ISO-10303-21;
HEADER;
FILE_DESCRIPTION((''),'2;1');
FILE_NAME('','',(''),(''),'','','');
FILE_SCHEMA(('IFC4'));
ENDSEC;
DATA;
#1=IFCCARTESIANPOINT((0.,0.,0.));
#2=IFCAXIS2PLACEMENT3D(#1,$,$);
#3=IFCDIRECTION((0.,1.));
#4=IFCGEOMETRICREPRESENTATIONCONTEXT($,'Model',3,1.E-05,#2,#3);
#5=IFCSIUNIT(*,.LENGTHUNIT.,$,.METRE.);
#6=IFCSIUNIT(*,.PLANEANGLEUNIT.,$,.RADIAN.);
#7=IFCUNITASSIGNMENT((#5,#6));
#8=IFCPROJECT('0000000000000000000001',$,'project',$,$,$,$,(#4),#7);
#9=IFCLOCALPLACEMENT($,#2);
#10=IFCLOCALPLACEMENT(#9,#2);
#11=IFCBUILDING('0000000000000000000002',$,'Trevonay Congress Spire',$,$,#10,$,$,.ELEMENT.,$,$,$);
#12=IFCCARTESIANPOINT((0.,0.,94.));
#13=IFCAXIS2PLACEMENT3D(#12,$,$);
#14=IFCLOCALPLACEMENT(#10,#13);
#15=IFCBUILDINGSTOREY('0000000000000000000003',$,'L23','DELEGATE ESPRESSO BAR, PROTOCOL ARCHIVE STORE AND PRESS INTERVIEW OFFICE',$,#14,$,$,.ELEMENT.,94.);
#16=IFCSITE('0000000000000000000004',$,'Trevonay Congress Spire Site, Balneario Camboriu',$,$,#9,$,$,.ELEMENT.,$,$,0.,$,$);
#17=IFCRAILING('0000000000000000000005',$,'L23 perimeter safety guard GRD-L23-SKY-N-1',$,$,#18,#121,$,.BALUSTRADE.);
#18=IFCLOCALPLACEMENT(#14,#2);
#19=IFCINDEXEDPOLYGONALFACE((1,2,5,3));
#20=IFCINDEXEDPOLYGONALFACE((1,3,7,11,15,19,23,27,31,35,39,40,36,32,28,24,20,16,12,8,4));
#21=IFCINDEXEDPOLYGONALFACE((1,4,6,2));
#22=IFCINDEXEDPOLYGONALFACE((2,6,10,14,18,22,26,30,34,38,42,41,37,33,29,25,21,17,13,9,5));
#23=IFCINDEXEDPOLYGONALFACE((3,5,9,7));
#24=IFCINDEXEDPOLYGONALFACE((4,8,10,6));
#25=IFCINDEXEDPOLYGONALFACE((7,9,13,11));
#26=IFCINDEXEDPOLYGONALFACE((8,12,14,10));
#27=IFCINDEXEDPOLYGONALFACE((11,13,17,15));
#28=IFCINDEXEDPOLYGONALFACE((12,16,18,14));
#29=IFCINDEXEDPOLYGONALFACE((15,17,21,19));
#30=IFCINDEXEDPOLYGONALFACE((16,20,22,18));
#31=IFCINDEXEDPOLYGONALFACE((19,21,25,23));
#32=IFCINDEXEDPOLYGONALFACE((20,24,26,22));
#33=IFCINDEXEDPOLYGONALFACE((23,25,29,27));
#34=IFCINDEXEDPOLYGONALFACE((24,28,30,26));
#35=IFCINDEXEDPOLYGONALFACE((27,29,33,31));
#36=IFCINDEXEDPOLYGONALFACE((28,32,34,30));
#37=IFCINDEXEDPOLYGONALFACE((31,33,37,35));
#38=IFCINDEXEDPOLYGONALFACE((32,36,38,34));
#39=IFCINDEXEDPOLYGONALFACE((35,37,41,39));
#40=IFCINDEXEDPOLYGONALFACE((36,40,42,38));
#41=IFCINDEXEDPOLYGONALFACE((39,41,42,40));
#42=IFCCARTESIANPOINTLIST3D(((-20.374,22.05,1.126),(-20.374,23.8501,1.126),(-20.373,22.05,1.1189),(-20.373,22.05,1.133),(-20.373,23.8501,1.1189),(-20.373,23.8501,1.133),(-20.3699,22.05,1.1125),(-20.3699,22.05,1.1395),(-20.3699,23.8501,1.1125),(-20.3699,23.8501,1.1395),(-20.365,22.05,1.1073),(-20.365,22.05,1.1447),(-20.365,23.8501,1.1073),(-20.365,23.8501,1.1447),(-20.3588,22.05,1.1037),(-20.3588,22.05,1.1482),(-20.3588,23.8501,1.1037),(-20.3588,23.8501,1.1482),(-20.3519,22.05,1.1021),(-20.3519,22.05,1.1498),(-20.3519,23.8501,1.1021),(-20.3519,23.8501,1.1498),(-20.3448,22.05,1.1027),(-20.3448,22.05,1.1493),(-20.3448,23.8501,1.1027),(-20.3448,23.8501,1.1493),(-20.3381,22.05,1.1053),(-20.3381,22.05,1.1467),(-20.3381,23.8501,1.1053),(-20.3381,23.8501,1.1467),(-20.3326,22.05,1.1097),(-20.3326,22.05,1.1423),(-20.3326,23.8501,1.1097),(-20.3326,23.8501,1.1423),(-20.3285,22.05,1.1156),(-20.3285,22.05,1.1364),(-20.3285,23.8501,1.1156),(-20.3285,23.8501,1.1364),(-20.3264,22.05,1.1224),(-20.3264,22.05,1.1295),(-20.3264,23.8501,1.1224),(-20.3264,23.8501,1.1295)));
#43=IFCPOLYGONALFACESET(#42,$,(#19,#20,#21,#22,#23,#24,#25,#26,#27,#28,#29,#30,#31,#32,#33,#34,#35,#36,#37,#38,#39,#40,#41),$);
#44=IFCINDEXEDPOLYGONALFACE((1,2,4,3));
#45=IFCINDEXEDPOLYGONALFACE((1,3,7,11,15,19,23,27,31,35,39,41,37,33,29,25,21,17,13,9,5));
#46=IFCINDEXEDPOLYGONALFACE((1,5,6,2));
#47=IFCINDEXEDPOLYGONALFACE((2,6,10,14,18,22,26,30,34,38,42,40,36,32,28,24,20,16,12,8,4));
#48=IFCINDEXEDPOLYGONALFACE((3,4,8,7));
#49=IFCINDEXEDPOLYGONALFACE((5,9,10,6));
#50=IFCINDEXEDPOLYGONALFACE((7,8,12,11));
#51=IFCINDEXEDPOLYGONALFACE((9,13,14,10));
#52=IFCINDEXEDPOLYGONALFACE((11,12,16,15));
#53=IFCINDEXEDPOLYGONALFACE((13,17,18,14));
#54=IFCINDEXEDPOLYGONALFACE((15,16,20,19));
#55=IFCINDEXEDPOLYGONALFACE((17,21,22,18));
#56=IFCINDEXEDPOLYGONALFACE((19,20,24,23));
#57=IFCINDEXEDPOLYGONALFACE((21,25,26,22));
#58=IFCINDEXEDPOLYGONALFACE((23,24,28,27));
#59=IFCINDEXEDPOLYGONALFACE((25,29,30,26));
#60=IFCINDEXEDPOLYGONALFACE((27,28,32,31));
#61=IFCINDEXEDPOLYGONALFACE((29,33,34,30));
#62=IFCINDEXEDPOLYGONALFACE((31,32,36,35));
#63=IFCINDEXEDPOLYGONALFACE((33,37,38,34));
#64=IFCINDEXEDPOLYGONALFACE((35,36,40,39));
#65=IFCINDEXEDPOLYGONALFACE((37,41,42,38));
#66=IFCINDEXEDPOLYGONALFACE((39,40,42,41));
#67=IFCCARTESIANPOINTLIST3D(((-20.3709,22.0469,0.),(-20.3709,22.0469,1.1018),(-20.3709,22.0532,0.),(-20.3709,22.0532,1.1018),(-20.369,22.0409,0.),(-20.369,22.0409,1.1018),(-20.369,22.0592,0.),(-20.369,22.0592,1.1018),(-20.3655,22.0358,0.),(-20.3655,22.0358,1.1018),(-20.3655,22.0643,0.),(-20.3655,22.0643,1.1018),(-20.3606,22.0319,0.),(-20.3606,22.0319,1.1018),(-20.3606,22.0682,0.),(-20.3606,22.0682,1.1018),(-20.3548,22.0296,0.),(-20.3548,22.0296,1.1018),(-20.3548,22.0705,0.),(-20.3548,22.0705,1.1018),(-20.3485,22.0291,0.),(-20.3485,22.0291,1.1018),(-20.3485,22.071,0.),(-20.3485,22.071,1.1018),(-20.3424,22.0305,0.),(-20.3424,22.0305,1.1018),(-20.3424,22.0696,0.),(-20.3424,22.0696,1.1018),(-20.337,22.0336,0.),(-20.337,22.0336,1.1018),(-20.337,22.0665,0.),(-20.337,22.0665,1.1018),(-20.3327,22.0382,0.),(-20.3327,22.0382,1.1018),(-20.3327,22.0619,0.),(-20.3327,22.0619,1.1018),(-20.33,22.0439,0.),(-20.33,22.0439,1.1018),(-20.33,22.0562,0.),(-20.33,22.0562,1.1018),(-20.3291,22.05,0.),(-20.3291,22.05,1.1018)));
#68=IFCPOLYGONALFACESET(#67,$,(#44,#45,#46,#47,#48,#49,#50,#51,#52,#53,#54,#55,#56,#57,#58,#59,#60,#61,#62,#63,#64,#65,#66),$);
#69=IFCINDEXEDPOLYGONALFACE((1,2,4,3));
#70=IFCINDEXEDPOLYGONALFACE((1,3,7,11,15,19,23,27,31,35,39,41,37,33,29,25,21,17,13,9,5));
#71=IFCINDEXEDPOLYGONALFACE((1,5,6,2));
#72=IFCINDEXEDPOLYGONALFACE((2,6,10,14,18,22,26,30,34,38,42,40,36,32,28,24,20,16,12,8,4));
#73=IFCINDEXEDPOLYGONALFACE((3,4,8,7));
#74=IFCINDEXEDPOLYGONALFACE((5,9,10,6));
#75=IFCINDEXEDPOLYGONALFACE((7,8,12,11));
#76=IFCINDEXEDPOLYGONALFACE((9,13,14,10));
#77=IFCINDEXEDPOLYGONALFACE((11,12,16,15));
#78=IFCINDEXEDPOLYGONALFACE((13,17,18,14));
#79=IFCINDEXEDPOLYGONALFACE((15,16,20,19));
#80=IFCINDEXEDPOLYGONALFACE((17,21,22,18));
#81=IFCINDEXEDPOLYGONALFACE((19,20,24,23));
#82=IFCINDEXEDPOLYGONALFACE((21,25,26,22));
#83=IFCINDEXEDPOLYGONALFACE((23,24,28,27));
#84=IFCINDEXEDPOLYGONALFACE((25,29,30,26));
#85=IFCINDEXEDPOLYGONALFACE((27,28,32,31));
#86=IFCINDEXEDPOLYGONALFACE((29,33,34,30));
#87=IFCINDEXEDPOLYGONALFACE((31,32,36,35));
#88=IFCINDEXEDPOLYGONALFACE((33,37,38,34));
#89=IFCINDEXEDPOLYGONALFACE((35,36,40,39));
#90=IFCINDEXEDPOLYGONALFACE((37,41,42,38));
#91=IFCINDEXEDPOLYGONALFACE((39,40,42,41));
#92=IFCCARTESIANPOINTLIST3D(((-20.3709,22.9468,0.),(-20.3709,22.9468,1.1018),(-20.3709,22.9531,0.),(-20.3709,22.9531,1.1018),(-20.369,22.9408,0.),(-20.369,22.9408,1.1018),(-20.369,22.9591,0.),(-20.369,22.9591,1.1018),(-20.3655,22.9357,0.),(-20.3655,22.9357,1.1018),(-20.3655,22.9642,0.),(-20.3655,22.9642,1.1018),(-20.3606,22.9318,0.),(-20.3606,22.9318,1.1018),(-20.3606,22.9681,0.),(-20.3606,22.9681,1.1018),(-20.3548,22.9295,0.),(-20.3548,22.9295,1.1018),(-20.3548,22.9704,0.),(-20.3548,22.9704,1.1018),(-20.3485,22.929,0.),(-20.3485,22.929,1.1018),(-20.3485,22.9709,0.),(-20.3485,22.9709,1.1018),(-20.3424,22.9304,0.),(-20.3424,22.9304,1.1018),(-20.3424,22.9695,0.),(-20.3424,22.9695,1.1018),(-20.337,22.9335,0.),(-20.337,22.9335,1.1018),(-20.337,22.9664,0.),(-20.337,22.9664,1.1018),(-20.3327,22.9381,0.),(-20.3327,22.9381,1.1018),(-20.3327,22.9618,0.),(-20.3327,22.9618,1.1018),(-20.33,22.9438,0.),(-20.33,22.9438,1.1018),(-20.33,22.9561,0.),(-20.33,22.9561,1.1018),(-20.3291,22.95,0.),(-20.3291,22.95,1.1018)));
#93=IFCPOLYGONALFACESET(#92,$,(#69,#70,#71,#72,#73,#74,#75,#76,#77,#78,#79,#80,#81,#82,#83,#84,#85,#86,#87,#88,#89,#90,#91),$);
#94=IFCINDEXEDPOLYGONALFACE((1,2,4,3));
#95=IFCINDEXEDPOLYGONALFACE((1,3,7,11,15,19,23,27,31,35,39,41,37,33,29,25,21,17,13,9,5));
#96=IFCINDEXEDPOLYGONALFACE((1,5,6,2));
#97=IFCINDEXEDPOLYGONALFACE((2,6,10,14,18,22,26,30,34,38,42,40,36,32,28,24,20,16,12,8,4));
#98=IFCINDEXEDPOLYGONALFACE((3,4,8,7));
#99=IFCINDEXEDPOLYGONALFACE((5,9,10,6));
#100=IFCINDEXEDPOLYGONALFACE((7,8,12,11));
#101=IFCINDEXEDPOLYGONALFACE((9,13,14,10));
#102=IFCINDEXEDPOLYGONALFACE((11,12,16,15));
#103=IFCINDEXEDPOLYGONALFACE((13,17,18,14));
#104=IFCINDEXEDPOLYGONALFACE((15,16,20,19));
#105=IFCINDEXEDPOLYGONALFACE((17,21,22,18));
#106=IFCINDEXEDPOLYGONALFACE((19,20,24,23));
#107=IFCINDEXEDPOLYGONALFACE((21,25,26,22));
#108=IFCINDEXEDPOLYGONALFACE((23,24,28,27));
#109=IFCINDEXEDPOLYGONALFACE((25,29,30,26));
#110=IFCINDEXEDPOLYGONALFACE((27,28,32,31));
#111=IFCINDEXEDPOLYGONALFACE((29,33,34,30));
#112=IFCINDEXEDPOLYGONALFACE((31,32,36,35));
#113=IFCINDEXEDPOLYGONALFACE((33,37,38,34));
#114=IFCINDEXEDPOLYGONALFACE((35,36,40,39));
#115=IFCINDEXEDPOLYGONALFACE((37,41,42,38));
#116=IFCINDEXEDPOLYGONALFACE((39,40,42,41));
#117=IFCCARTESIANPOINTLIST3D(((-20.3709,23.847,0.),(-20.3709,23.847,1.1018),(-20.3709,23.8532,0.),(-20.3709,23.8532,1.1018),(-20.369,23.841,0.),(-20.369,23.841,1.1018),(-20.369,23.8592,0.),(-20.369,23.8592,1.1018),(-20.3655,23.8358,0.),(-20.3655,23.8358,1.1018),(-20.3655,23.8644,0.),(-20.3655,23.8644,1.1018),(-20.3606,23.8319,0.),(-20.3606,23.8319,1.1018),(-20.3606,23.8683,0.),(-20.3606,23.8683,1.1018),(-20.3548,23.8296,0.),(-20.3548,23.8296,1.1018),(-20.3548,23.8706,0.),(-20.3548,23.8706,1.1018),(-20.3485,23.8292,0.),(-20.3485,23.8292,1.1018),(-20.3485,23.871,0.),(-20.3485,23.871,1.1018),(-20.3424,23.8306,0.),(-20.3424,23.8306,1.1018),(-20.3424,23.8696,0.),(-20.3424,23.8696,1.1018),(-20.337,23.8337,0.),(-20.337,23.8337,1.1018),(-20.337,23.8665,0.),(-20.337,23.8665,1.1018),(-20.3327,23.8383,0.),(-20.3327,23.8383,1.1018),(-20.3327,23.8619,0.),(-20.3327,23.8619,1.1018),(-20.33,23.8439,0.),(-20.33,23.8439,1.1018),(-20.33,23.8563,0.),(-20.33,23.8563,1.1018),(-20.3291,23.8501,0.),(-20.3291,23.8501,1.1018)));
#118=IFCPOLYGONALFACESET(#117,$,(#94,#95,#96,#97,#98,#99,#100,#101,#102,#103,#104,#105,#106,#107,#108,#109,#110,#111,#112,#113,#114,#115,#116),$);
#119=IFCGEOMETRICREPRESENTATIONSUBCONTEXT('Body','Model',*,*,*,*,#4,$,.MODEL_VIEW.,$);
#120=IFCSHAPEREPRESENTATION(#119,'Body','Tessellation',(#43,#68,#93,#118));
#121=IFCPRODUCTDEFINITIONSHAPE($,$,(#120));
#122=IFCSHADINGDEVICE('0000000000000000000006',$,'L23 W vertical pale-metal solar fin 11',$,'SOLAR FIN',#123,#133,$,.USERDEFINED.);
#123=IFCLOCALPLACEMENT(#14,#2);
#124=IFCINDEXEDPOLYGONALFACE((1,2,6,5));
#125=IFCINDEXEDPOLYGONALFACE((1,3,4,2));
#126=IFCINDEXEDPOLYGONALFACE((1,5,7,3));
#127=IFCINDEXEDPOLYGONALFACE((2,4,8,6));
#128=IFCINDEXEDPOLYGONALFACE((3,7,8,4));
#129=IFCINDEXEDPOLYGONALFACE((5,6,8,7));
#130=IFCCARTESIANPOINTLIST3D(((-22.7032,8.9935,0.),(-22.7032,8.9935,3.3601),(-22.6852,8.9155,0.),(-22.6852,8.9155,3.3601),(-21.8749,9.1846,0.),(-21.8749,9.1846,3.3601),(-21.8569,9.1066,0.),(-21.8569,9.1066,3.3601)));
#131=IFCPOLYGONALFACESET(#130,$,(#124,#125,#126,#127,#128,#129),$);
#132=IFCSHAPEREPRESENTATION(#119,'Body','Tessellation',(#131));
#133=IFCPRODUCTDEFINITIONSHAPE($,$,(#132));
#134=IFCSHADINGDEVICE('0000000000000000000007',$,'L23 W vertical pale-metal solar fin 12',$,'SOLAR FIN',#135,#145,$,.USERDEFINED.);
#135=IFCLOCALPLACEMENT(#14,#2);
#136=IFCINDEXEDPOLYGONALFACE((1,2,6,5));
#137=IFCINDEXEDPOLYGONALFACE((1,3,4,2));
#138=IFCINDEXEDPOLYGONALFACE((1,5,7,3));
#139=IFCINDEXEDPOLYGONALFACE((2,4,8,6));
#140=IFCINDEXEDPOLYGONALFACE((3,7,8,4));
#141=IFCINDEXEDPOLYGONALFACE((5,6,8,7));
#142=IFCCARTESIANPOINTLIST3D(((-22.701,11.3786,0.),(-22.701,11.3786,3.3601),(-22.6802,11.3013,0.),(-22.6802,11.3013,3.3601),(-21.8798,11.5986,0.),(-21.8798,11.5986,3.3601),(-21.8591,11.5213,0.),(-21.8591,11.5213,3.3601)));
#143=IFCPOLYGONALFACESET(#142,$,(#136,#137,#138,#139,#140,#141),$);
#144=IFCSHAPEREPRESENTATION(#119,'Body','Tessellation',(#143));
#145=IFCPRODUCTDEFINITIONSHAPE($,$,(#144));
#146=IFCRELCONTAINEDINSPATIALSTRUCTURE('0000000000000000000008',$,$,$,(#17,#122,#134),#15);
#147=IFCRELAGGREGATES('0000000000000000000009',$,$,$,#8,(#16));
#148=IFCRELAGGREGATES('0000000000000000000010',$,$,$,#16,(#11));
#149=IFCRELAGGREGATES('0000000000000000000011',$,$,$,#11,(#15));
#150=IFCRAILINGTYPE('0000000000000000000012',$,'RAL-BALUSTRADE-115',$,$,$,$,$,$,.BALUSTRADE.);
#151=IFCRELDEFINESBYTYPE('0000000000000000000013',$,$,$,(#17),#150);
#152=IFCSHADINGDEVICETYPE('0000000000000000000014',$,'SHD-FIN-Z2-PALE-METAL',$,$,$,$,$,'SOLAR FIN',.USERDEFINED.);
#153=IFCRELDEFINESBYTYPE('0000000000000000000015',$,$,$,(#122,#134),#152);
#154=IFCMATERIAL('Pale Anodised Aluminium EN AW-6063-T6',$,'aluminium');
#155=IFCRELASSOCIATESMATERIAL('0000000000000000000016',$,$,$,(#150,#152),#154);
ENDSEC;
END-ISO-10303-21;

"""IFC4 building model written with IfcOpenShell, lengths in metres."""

from ifc_helpers import new_model, si_unit, direction, frame, origin, origin_2d, place, context, subcontext, project, spatial, rectangle, circle, extrude, material, type_object, element, save


model = new_model("IFC4")

# Units and contexts
model_context = context("Model", 3, precision=1e-05, world=origin(), true_north=direction((0.0, 1.0)))
body_context = subcontext(model_context, "Body", "Model", "MODEL_VIEW")
ifc_project = project(units=[si_unit("LENGTHUNIT", "METRE"), si_unit("PLANEANGLEUNIT", "RADIAN")], contexts=[model_context])

# Site, building, storey
site_placement = place(None, origin())
site = spatial("IfcSite", under=ifc_project, at=site_placement, Name="Trevonay Congress Spire Site, Balneario Camboriu", CompositionType="ELEMENT", RefElevation=0.0)
building_placement = place(site_placement, origin())
building = spatial("IfcBuilding", under=site, at=building_placement, Name="Trevonay Congress Spire", CompositionType="ELEMENT")
storey_placement = place(building_placement, frame((0.0, 0.0, 94.0)))
storey = spatial("IfcBuildingStorey", under=building, at=storey_placement, Name="L23", Description="DELEGATE ESPRESSO BAR, PROTOCOL ARCHIVE STORE AND PRESS INTERVIEW OFFICE", CompositionType="ELEMENT", Elevation=94.0)

# Shared definitions
ifc_material_1 = material(Name="Pale Anodised Aluminium EN AW-6063-T6", Category="aluminium")

# Railing
railing_type = type_object("IfcRailingType", Name="RAL-BALUSTRADE-115", PredefinedType="BALUSTRADE", material=ifc_material_1)
railing_1_placement = place(storey_placement, frame((-20.3501, 22.05, 0.0)))
element("IfcRailing", 1, at=railing_1_placement, inside=storey, type_object=railing_type, Name="L23 perimeter safety guard GRD-L23-SKY-N-1", PredefinedType="BALUSTRADE", context=body_context, shape_type="SweptSolid", body=[
    extrude(circle(Radius=0.0239, at=origin_2d()), frame((0.0, 0.0, 1.126), z_axis=(0.0, 1.0, 0.0), x_axis=(-1.0, 0.0, 0.0)), (0.0, 0.0, 1.0), 1.8),
    extrude(circle(Radius=0.021, at=origin_2d()), origin(), (0.0, 0.0, 1.0), 1.1018),
    extrude(circle(Radius=0.021, at=origin_2d()), frame((0.0, 0.8999, 0.0)), (0.0, 0.0, 1.0), 1.1018),
    extrude(circle(Radius=0.021, at=origin_2d()), frame((0.0, 1.8, 0.0)), (0.0, 0.0, 1.0), 1.1018),
])

# Shading devices
shading_device_type = type_object("IfcShadingDeviceType", Name="SHD-FIN-Z2-PALE-METAL", ElementType="SOLAR FIN", PredefinedType="USERDEFINED", material=ifc_material_1)
for number, where, z_axis, x_axis, name in (
    (2, (-22.28, 9.05, 0.0), (0.0, 0.0, 1.0), (-0.224781, 0.974409, 0.0), "L23 W vertical pale-metal solar fin 11"),
    (3, (-22.28, 11.45, 0.0), (0.0, 0.0, 1.0), (-0.258819, 0.965926, 0.0), "L23 W vertical pale-metal solar fin 12"),
):
    element("IfcShadingDevice", number, at=place(storey_placement, frame(where, z_axis=z_axis, x_axis=x_axis)), inside=storey, type_object=shading_device_type, Name=name, ObjectType="SOLAR FIN", PredefinedType="USERDEFINED", context=body_context, shape_type="SweptSolid", body=[
        extrude(rectangle(XDim=0.0801, YDim=0.8501, at=origin_2d()), origin(), (0.0, 0.0, 1.0), 3.3601),
    ])

save(model, "model.ifc")
